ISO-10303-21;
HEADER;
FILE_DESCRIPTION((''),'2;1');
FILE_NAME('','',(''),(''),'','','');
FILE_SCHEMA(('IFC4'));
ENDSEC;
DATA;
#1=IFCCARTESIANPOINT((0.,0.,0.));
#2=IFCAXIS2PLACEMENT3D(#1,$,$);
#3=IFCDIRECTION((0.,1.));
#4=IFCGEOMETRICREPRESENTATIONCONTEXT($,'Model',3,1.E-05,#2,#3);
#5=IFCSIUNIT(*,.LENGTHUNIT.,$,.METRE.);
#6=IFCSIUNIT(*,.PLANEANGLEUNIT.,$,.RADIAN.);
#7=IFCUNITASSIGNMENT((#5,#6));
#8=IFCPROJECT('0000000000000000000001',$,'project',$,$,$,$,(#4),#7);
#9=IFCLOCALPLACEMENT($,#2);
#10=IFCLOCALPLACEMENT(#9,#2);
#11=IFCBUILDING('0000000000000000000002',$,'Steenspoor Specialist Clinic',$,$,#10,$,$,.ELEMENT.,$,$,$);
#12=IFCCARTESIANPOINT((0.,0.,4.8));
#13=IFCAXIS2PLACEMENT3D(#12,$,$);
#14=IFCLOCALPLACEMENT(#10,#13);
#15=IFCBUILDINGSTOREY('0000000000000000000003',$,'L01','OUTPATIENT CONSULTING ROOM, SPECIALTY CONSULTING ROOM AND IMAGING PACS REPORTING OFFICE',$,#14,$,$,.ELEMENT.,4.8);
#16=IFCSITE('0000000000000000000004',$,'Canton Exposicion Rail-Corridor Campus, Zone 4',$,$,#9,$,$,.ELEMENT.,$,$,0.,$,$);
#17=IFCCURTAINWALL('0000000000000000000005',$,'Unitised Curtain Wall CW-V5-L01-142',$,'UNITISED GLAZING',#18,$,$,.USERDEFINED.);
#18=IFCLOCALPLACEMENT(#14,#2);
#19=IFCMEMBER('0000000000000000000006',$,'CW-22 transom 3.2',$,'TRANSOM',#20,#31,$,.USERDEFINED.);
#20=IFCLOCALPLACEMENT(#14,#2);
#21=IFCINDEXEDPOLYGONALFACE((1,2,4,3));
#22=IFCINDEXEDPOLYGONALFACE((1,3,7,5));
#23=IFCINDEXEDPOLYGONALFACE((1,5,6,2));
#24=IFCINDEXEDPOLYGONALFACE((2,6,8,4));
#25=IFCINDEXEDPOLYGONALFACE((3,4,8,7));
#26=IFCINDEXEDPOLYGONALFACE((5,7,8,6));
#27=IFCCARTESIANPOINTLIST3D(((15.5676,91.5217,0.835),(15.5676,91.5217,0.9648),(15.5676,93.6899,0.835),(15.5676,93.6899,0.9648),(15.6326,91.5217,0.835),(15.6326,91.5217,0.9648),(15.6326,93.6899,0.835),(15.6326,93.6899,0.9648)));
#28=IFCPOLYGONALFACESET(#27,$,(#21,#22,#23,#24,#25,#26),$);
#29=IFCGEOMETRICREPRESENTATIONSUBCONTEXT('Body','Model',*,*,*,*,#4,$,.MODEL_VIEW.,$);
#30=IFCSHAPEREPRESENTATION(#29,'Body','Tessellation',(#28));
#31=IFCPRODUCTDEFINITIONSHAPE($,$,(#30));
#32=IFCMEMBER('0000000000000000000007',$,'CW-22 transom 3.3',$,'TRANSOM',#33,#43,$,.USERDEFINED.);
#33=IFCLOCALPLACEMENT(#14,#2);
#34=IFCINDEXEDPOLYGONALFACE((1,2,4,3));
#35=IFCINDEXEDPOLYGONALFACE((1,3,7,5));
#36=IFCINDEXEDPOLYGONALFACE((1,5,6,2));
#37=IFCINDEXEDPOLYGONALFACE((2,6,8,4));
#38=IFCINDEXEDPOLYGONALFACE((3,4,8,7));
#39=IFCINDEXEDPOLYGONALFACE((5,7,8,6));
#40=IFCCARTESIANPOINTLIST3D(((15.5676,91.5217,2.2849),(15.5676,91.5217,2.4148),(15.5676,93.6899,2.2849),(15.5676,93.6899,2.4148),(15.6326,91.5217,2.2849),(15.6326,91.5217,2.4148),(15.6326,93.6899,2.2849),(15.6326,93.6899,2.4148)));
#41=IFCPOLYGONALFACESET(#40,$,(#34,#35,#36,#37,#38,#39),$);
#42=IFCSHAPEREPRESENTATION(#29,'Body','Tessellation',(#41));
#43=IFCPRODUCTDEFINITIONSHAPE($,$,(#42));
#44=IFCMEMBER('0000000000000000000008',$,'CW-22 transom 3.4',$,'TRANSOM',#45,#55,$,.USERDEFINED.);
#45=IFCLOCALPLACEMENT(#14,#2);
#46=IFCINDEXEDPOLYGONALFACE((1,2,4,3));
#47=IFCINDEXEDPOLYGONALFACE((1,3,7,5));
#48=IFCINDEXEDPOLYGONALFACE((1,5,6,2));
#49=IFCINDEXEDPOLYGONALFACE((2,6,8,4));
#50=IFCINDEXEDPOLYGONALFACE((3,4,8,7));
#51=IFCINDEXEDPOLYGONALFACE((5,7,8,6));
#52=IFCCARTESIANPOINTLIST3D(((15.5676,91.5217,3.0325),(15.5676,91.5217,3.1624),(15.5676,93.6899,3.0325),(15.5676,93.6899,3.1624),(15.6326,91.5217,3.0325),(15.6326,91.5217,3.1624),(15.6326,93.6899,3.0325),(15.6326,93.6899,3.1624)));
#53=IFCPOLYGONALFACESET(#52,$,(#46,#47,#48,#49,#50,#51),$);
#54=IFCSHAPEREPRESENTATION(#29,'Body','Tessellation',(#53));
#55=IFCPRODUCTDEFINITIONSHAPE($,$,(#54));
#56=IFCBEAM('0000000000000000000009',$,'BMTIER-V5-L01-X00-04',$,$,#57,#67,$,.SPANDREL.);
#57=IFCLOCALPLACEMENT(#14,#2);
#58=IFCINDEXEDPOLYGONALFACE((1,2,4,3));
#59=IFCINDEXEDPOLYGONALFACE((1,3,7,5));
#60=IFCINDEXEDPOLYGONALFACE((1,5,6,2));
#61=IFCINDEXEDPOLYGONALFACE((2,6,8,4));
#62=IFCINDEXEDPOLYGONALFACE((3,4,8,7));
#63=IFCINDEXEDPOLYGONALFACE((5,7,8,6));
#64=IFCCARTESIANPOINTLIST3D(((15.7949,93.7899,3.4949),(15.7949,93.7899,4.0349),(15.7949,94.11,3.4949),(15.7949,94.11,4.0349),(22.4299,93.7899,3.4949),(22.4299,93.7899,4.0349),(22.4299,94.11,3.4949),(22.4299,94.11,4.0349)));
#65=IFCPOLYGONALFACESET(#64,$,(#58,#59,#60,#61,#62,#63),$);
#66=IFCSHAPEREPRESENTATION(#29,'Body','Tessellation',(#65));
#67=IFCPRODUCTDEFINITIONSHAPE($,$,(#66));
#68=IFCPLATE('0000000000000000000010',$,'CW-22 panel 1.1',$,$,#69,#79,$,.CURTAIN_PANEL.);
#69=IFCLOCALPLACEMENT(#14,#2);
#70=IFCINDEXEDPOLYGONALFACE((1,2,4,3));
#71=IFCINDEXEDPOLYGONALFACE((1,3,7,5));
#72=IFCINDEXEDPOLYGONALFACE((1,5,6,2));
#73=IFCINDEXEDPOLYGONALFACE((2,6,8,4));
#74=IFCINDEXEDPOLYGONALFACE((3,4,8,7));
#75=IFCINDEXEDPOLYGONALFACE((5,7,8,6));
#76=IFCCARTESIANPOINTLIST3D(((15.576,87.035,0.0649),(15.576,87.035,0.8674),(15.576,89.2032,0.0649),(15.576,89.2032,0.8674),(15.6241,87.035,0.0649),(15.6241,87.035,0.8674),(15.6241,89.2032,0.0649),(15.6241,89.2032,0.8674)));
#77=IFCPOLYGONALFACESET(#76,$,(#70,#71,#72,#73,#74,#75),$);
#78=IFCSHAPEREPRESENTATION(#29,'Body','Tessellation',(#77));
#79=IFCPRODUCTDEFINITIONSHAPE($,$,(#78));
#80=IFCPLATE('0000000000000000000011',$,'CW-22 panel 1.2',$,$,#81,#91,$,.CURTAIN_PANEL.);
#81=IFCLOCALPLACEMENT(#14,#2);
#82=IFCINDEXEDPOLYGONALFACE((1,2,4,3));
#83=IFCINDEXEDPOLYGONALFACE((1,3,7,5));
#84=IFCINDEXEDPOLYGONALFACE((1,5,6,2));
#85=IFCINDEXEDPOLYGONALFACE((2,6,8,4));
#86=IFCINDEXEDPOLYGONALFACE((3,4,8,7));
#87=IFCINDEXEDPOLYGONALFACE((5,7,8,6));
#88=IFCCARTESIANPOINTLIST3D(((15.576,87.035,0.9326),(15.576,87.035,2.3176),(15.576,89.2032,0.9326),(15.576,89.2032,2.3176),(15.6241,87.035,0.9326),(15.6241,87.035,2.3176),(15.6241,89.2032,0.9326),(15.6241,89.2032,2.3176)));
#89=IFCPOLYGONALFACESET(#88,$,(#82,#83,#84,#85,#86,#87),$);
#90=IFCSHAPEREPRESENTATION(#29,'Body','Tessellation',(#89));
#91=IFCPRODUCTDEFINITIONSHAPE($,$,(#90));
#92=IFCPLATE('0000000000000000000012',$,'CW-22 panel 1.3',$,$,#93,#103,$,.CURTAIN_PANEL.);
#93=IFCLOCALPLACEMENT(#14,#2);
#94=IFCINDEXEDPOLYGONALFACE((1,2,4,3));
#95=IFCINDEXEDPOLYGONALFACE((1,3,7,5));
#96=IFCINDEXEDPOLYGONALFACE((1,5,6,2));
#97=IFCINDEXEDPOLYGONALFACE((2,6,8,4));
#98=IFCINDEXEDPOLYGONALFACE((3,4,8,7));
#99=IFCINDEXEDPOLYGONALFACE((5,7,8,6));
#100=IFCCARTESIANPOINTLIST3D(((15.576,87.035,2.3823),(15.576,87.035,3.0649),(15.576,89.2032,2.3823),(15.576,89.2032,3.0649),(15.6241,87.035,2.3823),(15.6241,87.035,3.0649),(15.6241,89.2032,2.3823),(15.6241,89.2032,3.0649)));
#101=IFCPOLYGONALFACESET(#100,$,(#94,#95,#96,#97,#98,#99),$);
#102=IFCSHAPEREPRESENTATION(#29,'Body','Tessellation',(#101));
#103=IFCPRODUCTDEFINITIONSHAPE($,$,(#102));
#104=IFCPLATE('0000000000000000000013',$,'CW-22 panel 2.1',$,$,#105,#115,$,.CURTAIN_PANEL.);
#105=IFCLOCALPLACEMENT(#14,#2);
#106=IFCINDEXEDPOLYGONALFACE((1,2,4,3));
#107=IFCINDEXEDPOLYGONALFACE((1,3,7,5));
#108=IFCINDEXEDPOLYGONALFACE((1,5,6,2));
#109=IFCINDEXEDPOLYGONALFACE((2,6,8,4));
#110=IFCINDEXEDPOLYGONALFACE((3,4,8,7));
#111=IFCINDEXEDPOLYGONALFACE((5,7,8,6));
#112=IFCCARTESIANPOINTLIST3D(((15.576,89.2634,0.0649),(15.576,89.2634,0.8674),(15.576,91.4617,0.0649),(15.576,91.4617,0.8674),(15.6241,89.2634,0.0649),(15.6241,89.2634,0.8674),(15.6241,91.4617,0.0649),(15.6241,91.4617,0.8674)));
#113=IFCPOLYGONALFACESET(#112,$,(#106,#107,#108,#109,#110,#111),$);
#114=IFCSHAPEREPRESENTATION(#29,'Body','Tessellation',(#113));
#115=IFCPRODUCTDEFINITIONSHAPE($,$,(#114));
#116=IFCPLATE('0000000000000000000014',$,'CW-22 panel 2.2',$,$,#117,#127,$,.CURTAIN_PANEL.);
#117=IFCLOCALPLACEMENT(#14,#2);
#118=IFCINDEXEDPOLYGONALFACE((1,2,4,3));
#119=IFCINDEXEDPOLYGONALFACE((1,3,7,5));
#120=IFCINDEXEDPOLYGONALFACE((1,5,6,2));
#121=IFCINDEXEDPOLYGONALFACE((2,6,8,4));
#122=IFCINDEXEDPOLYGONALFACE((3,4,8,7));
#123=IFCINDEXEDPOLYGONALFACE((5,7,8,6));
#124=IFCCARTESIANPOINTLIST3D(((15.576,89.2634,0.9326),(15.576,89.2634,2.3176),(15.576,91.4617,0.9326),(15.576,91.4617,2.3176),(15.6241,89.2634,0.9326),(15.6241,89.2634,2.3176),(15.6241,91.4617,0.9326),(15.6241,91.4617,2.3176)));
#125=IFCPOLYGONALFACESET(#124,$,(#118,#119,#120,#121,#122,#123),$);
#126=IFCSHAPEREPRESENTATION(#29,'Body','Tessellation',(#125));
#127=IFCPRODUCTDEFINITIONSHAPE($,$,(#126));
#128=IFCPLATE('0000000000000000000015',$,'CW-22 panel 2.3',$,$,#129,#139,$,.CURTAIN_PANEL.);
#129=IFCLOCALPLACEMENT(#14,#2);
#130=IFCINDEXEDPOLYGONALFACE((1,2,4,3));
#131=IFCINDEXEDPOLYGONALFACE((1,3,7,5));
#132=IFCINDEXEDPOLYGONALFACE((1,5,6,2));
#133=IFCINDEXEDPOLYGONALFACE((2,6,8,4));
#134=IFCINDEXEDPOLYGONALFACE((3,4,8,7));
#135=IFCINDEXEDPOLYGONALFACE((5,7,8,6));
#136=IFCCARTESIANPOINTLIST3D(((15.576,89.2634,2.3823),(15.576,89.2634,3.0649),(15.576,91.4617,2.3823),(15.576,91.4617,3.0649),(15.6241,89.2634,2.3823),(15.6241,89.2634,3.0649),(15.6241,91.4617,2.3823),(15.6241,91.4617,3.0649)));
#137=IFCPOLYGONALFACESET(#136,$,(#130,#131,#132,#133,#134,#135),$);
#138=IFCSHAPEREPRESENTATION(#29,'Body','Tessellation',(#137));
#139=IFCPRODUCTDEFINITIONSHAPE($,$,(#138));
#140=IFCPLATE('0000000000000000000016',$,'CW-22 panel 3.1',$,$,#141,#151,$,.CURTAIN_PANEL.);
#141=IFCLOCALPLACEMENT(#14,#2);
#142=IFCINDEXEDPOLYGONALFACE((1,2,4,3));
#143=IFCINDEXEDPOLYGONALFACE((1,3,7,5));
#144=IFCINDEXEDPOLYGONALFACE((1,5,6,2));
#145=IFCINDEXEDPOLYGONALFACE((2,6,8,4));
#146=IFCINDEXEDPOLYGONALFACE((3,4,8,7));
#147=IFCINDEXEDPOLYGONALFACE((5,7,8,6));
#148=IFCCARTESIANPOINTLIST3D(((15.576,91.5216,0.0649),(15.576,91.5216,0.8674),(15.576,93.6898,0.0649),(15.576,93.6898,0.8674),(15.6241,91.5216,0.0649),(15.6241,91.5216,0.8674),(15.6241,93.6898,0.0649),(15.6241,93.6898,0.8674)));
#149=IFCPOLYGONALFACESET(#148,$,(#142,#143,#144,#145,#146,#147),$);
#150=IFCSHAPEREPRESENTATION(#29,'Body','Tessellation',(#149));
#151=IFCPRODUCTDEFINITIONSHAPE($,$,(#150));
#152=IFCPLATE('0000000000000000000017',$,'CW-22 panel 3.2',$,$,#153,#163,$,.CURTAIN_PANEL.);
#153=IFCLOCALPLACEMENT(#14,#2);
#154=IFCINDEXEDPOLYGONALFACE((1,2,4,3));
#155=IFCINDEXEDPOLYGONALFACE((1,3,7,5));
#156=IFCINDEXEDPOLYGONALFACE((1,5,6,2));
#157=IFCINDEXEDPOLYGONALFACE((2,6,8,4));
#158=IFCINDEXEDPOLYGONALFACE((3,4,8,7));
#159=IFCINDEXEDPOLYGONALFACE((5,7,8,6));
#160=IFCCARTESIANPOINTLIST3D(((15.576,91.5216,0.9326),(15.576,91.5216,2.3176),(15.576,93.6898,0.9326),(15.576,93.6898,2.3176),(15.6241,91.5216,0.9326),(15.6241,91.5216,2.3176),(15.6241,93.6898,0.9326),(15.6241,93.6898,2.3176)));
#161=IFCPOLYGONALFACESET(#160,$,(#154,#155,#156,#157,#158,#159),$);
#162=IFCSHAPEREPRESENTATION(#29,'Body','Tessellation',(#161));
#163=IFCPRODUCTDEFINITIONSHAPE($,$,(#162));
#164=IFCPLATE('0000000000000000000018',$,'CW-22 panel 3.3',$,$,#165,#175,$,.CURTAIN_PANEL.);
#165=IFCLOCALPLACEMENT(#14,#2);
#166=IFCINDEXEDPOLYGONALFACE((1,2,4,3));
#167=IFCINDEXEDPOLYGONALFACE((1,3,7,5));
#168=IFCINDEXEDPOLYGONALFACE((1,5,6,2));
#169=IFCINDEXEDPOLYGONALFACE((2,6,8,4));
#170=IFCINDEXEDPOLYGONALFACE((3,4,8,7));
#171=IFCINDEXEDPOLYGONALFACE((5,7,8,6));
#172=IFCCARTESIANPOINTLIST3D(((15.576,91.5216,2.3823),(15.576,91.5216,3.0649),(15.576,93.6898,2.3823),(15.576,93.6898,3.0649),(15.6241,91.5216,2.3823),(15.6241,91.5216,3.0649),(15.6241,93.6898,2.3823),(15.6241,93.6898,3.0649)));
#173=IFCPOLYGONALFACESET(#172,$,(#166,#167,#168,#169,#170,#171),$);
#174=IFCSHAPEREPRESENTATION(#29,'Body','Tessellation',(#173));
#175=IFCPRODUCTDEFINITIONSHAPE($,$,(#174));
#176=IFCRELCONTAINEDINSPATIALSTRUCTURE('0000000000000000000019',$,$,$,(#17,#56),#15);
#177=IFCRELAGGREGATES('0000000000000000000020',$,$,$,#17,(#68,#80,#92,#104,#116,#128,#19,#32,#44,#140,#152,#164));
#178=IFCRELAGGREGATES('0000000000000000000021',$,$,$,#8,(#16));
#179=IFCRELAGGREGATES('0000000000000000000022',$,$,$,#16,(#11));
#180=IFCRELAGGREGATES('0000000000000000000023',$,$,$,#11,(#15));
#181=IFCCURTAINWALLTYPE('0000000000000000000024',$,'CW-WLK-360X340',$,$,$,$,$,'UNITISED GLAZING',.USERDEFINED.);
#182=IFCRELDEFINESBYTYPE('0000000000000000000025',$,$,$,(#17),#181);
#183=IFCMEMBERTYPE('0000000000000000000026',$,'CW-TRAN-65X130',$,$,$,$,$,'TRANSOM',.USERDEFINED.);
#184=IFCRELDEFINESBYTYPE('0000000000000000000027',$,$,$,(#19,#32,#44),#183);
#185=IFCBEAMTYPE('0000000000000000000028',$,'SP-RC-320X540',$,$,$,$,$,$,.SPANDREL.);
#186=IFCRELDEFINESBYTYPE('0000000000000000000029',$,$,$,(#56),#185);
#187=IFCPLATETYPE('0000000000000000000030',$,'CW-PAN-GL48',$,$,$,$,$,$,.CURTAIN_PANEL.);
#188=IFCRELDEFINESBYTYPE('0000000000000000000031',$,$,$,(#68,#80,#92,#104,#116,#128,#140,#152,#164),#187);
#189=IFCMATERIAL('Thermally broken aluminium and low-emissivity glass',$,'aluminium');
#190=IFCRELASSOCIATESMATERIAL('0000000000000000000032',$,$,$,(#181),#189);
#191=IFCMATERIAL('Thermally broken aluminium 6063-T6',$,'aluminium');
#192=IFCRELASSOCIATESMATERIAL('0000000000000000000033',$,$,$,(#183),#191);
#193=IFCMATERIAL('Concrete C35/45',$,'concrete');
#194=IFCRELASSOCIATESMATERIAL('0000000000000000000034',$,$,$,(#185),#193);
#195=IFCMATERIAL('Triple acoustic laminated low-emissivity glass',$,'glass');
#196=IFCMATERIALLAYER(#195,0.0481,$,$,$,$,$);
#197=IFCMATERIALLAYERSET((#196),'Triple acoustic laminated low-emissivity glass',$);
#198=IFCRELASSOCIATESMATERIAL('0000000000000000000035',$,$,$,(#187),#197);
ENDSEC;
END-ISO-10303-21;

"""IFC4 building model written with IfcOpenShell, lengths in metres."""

from ifc_helpers import new_model, si_unit, direction, frame, origin, origin_2d, place, context, subcontext, project, spatial, rectangle, extrude, material, layer, layer_set, material_profile, profile_set, type_object, element, aggregate, save


model = new_model("IFC4")

# Units and contexts
model_context = context("Model", 3, precision=1e-05, world=origin(), true_north=direction((0.0, 1.0)))
body_context = subcontext(model_context, "Body", "Model", "MODEL_VIEW")
ifc_project = project(units=[si_unit("LENGTHUNIT", "METRE"), si_unit("PLANEANGLEUNIT", "RADIAN")], contexts=[model_context])

# Site, building, storey
site_placement = place(None, origin())
site = spatial("IfcSite", under=ifc_project, at=site_placement, Name="Canton Exposicion Rail-Corridor Campus, Zone 4", CompositionType="ELEMENT", RefElevation=0.0)
building_placement = place(site_placement, origin())
building = spatial("IfcBuilding", under=site, at=building_placement, Name="Steenspoor Specialist Clinic", CompositionType="ELEMENT")
storey_placement = place(building_placement, frame((0.0, 0.0, 4.8)))
storey = spatial("IfcBuildingStorey", under=building, at=storey_placement, Name="L01", Description="OUTPATIENT CONSULTING ROOM, SPECIALTY CONSULTING ROOM AND IMAGING PACS REPORTING OFFICE", CompositionType="ELEMENT", Elevation=4.8)

# Shared definitions
ifc_material_1 = material(Name="Concrete C35/45", Category="concrete")

# Curtain wall, members
ifc_material_2 = material(Name="Thermally broken aluminium and low-emissivity glass", Category="aluminium")
curtain_wall_type = type_object("IfcCurtainWallType", Name="CW-WLK-360X340", ElementType="UNITISED GLAZING", PredefinedType="USERDEFINED", material=ifc_material_2)
curtain_wall_placement = place(storey_placement, origin())
curtain_wall = element("IfcCurtainWall", 1, at=curtain_wall_placement, inside=storey, type_object=curtain_wall_type, Name="Unitised Curtain Wall CW-V5-L01-142", ObjectType="UNITISED GLAZING", PredefinedType="USERDEFINED")
ifc_material_3 = material(Name="Thermally broken aluminium 6063-T6", Category="aluminium")
ifc_material_profile_1 = material_profile(ifc_material_3, rectangle(XDim=0.0649, YDim=0.1299, at=origin_2d()), Name="CWT-65X130")
ifc_profile_set_1 = profile_set([ifc_material_profile_1], Name="Thermally broken aluminium 6063-T6")
member_type_1 = type_object("IfcMemberType", Name="CW-TRAN-65X130", ElementType="TRANSOM", PredefinedType="USERDEFINED", material=ifc_profile_set_1)
member_1_placement = place(storey_placement, frame((15.6001, 91.5217, 0.8999), z_axis=(0.0, 1.0, 0.0), x_axis=(-1.0, 0.0, 0.0)))
member_1 = element("IfcMember", 2, at=member_1_placement, type_object=member_type_1, Name="CW-22 transom 3.2", ObjectType="TRANSOM", PredefinedType="USERDEFINED", context=body_context, shape_type="SweptSolid", body=[
    extrude(rectangle(XDim=0.0649, YDim=0.1299, at=origin_2d()), origin(), (0.0, 0.0, 1.0), 2.1682),
])
member_2_placement = place(storey_placement, frame((15.6001, 91.5217, 2.3499), z_axis=(0.0, 1.0, 0.0), x_axis=(-1.0, 0.0, 0.0)))
member_2 = element("IfcMember", 3, at=member_2_placement, type_object=member_type_1, Name="CW-22 transom 3.3", ObjectType="TRANSOM", PredefinedType="USERDEFINED", context=body_context, shape_type="SweptSolid", body=[
    extrude(rectangle(XDim=0.0649, YDim=0.1299, at=origin_2d()), origin(), (0.0, 0.0, 1.0), 2.1682),
])
member_3_placement = place(storey_placement, frame((15.6001, 91.5217, 3.0974), z_axis=(0.0, 1.0, 0.0), x_axis=(-1.0, 0.0, 0.0)))
member_3 = element("IfcMember", 4, at=member_3_placement, type_object=member_type_1, Name="CW-22 transom 3.4", ObjectType="TRANSOM", PredefinedType="USERDEFINED", context=body_context, shape_type="SweptSolid", body=[
    extrude(rectangle(XDim=0.0649, YDim=0.1299, at=origin_2d()), origin(), (0.0, 0.0, 1.0), 2.1682),
])

# Beam
ifc_material_profile_2 = material_profile(ifc_material_1, rectangle(XDim=0.3201, YDim=0.54, at=origin_2d()), Name="RC-SP-320X540")
ifc_profile_set_2 = profile_set([ifc_material_profile_2], Name="Concrete C35/45")
beam_type_1 = type_object("IfcBeamType", Name="SP-RC-320X540", PredefinedType="SPANDREL", material=ifc_profile_set_2)
beam_1_placement = place(storey_placement, frame((15.7949, 93.95, 3.7649), z_axis=(1.0, 0.0, 0.0), x_axis=(0.0, 1.0, 0.0)))
element("IfcBeam", 5, at=beam_1_placement, inside=storey, type_object=beam_type_1, Name="BMTIER-V5-L01-X00-04", PredefinedType="SPANDREL", context=body_context, shape_type="SweptSolid", body=[
    extrude(rectangle(XDim=0.3201, YDim=0.54, at=origin_2d()), origin(), (0.0, 0.0, 1.0), 6.635),
])

# Plates
ifc_material_4 = material(Name="Triple acoustic laminated low-emissivity glass", Category="glass")
ifc_layer_1 = layer(ifc_material_4, 0.0481)
ifc_layer_set_1 = layer_set([ifc_layer_1], Name="Triple acoustic laminated low-emissivity glass")
plate_type = type_object("IfcPlateType", Name="CW-PAN-GL48", PredefinedType="CURTAIN_PANEL", material=ifc_layer_set_1)
plate_1_placement = place(storey_placement, frame((15.6001, 88.1191, 0.0649), z_axis=(0.0, 0.0, 1.0), x_axis=(0.0, 1.0, 0.0)))
plate_1 = element("IfcPlate", 6, at=plate_1_placement, type_object=plate_type, Name="CW-22 panel 1.1", PredefinedType="CURTAIN_PANEL", context=body_context, shape_type="SweptSolid", body=[
    extrude(rectangle(XDim=2.1682, YDim=0.0481, at=origin_2d()), origin(), (0.0, 0.0, 1.0), 0.8025),
])
plate_2_placement = place(storey_placement, frame((15.6001, 88.1191, 0.9326), z_axis=(0.0, 0.0, 1.0), x_axis=(0.0, 1.0, 0.0)))
plate_2 = element("IfcPlate", 7, at=plate_2_placement, type_object=plate_type, Name="CW-22 panel 1.2", PredefinedType="CURTAIN_PANEL", context=body_context, shape_type="SweptSolid", body=[
    extrude(rectangle(XDim=2.1682, YDim=0.0481, at=origin_2d()), origin(), (0.0, 0.0, 1.0), 1.385),
])
plate_3_placement = place(storey_placement, frame((15.6001, 88.1191, 2.3823), z_axis=(0.0, 0.0, 1.0), x_axis=(0.0, 1.0, 0.0)))
plate_3 = element("IfcPlate", 8, at=plate_3_placement, type_object=plate_type, Name="CW-22 panel 1.3", PredefinedType="CURTAIN_PANEL", context=body_context, shape_type="SweptSolid", body=[
    extrude(rectangle(XDim=2.1682, YDim=0.0481, at=origin_2d()), origin(), (0.0, 0.0, 1.0), 0.6826),
])
plate_4_placement = place(storey_placement, frame((15.6001, 90.3625, 0.0649), z_axis=(0.0, 0.0, 1.0), x_axis=(0.0, 1.0, 0.0)))
plate_4 = element("IfcPlate", 9, at=plate_4_placement, type_object=plate_type, Name="CW-22 panel 2.1", PredefinedType="CURTAIN_PANEL", context=body_context, shape_type="SweptSolid", body=[
    extrude(rectangle(XDim=2.1982, YDim=0.0481, at=origin_2d()), origin(), (0.0, 0.0, 1.0), 0.8025),
])
plate_5_placement = place(storey_placement, frame((15.6001, 90.3625, 0.9326), z_axis=(0.0, 0.0, 1.0), x_axis=(0.0, 1.0, 0.0)))
plate_5 = element("IfcPlate", 10, at=plate_5_placement, type_object=plate_type, Name="CW-22 panel 2.2", PredefinedType="CURTAIN_PANEL", context=body_context, shape_type="SweptSolid", body=[
    extrude(rectangle(XDim=2.1982, YDim=0.0481, at=origin_2d()), origin(), (0.0, 0.0, 1.0), 1.385),
])
plate_6_placement = place(storey_placement, frame((15.6001, 90.3625, 2.3823), z_axis=(0.0, 0.0, 1.0), x_axis=(0.0, 1.0, 0.0)))
plate_6 = element("IfcPlate", 11, at=plate_6_placement, type_object=plate_type, Name="CW-22 panel 2.3", PredefinedType="CURTAIN_PANEL", context=body_context, shape_type="SweptSolid", body=[
    extrude(rectangle(XDim=2.1982, YDim=0.0481, at=origin_2d()), origin(), (0.0, 0.0, 1.0), 0.6826),
])
plate_7_placement = place(storey_placement, frame((15.6001, 92.6057, 0.0649), z_axis=(0.0, 0.0, 1.0), x_axis=(0.0, 1.0, 0.0)))
plate_7 = element("IfcPlate", 12, at=plate_7_placement, type_object=plate_type, Name="CW-22 panel 3.1", PredefinedType="CURTAIN_PANEL", context=body_context, shape_type="SweptSolid", body=[
    extrude(rectangle(XDim=2.1682, YDim=0.0481, at=origin_2d()), origin(), (0.0, 0.0, 1.0), 0.8025),
])
plate_8_placement = place(storey_placement, frame((15.6001, 92.6057, 0.9326), z_axis=(0.0, 0.0, 1.0), x_axis=(0.0, 1.0, 0.0)))
plate_8 = element("IfcPlate", 13, at=plate_8_placement, type_object=plate_type, Name="CW-22 panel 3.2", PredefinedType="CURTAIN_PANEL", context=body_context, shape_type="SweptSolid", body=[
    extrude(rectangle(XDim=2.1682, YDim=0.0481, at=origin_2d()), origin(), (0.0, 0.0, 1.0), 1.385),
])
plate_9_placement = place(storey_placement, frame((15.6001, 92.6057, 2.3823), z_axis=(0.0, 0.0, 1.0), x_axis=(0.0, 1.0, 0.0)))
plate_9 = element("IfcPlate", 14, at=plate_9_placement, type_object=plate_type, Name="CW-22 panel 3.3", PredefinedType="CURTAIN_PANEL", context=body_context, shape_type="SweptSolid", body=[
    extrude(rectangle(XDim=2.1682, YDim=0.0481, at=origin_2d()), origin(), (0.0, 0.0, 1.0), 0.6826),
])
aggregate(curtain_wall, [plate_1, plate_2, plate_3, plate_4, plate_5, plate_6, member_1, member_2, member_3, plate_7, plate_8, plate_9])

save(model, "model.ifc")
